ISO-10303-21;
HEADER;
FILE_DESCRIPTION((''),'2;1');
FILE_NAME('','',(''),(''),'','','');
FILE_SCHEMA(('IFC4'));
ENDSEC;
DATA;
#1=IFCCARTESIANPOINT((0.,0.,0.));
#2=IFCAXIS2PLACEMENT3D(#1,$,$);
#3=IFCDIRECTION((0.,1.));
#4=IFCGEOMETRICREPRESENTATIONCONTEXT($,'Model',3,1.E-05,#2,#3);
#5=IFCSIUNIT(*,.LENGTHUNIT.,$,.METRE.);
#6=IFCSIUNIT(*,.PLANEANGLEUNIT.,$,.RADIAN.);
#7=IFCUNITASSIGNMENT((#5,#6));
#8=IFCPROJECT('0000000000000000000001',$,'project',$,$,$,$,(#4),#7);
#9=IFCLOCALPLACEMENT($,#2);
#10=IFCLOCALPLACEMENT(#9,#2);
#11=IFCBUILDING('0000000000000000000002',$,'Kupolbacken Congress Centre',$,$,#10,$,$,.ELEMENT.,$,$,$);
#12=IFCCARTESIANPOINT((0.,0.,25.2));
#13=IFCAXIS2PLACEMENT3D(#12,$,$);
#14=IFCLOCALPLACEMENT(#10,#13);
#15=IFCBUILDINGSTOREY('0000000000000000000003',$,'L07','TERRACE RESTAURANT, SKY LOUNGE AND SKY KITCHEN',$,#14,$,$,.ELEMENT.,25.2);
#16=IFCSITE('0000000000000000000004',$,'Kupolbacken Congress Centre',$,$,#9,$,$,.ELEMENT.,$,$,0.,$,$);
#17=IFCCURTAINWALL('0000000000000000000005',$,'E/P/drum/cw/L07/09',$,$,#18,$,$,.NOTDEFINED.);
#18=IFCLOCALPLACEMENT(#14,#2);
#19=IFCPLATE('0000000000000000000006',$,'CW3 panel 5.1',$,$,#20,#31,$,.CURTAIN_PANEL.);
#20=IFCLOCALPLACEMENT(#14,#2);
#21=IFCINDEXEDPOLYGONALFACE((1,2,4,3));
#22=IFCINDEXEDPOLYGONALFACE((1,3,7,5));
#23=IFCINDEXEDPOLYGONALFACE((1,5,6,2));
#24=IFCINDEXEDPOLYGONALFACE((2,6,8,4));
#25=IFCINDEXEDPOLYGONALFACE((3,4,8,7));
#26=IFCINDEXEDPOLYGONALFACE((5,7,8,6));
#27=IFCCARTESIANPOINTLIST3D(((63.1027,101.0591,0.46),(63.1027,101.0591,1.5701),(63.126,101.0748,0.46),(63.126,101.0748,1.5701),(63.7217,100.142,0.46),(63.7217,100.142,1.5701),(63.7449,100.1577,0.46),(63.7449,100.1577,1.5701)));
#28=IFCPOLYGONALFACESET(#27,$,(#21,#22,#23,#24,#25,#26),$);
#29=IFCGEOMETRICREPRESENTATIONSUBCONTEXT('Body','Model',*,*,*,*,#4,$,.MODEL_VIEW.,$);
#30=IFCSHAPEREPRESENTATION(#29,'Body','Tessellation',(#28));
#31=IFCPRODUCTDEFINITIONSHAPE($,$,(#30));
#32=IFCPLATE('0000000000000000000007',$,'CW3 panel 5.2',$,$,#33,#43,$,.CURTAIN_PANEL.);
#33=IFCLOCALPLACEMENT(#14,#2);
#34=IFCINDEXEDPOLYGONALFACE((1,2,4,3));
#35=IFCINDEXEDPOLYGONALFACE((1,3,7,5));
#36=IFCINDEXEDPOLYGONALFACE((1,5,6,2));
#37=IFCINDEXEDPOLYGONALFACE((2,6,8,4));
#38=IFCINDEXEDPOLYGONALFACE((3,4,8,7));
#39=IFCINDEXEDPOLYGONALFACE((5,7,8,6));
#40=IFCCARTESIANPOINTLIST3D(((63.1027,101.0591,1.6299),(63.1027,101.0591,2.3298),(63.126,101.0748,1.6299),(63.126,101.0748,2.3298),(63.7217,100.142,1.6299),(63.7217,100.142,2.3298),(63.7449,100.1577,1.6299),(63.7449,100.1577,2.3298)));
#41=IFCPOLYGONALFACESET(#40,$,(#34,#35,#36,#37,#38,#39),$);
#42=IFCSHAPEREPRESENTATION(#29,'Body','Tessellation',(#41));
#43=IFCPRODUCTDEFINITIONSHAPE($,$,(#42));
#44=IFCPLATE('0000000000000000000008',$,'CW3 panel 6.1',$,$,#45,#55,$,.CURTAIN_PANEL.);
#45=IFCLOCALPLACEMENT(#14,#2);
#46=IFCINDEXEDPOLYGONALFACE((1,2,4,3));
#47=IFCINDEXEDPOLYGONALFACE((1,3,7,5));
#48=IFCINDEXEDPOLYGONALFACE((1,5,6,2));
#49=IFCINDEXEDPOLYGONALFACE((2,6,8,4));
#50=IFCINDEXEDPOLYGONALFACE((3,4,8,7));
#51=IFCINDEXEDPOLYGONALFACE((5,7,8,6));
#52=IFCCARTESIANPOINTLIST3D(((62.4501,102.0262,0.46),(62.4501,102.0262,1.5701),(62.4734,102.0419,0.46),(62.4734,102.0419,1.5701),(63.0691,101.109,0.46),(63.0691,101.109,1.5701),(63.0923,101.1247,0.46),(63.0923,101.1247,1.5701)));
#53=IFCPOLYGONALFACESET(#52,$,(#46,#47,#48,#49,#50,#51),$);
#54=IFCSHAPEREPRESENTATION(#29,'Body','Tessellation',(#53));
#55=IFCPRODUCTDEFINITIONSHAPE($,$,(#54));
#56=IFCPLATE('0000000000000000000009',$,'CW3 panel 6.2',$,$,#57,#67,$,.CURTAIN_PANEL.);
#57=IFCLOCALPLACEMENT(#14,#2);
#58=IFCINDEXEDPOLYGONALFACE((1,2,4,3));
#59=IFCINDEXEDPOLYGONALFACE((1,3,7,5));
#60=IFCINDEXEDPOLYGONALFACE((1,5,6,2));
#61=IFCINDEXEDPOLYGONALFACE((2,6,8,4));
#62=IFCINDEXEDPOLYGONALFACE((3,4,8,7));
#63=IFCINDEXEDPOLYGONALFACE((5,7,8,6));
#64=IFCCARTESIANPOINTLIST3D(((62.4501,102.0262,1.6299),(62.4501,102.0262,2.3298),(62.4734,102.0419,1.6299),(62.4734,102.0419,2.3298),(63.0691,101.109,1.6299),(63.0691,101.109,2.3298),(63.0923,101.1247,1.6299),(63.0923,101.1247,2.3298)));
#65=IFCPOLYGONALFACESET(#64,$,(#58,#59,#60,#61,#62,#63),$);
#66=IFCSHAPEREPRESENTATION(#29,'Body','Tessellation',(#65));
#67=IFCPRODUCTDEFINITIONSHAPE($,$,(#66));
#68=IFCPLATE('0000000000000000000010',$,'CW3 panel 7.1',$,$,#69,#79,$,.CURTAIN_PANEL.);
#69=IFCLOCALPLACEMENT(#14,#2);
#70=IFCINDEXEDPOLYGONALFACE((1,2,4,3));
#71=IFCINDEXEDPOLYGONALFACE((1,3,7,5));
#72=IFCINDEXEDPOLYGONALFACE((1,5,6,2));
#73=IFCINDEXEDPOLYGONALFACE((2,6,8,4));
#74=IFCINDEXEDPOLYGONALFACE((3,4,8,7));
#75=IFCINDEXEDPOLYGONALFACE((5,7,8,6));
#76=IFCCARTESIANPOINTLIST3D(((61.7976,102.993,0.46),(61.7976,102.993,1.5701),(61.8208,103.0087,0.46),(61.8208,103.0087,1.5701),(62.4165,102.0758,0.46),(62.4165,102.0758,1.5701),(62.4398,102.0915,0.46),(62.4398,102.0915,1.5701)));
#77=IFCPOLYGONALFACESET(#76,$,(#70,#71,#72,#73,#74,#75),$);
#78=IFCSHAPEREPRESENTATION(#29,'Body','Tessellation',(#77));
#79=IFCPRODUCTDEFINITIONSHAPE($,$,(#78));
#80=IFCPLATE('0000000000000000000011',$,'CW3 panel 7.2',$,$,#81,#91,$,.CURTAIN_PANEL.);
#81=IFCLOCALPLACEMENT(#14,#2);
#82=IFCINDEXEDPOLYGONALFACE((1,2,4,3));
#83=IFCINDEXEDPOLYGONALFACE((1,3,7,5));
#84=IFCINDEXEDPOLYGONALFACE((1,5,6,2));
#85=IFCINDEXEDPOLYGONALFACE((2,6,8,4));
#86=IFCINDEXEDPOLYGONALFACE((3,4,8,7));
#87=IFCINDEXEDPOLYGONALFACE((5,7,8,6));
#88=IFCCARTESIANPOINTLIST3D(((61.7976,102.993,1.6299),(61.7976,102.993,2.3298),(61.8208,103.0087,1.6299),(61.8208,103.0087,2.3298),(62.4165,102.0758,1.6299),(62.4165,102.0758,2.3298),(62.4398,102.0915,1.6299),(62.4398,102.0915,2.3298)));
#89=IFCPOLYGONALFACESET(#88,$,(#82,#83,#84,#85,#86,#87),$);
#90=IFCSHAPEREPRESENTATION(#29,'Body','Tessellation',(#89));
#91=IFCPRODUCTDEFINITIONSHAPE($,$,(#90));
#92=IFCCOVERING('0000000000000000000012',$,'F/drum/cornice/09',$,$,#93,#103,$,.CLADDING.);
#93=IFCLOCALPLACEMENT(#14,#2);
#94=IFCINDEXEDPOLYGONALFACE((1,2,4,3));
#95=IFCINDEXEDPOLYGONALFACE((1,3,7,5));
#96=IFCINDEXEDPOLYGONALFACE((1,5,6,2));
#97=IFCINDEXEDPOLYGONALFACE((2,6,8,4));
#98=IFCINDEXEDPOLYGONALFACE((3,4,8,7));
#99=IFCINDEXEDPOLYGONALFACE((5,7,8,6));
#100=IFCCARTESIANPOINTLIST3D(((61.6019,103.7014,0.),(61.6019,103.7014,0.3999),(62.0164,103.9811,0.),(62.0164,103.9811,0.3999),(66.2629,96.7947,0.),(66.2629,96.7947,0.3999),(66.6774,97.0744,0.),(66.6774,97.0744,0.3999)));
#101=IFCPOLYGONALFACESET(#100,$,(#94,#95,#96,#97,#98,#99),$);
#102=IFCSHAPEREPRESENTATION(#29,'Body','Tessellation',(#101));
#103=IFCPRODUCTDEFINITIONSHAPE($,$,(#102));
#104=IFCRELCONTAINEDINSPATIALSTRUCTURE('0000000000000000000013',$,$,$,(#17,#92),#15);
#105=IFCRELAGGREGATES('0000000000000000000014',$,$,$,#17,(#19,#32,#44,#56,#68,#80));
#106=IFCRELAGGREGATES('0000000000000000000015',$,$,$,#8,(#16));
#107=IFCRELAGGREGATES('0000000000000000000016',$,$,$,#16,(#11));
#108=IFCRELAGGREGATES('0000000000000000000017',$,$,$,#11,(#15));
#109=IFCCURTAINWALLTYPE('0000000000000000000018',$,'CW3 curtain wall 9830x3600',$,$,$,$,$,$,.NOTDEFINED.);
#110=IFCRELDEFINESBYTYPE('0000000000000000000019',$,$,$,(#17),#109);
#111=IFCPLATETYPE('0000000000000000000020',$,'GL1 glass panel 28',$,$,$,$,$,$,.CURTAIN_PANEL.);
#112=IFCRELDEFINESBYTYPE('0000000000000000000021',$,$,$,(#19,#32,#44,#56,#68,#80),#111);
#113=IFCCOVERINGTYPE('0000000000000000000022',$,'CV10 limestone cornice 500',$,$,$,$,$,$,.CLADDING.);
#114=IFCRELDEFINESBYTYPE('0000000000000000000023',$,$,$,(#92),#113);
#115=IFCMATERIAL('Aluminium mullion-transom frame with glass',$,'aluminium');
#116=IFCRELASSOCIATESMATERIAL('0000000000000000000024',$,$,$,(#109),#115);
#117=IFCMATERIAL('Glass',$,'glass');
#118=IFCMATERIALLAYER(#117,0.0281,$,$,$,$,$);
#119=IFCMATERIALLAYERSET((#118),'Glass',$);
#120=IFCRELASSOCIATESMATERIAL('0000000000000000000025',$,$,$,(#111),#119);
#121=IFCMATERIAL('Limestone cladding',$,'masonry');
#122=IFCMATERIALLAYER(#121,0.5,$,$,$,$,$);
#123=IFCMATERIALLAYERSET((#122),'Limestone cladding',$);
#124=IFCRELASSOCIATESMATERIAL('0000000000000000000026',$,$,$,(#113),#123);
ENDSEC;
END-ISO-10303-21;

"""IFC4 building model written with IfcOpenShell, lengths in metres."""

from ifc_helpers import new_model, si_unit, direction, frame, origin, origin_2d, place, context, subcontext, project, spatial, rectangle, extrude, material, layer, layer_set, type_object, element, aggregate, save


model = new_model("IFC4")

# Units and contexts
model_context = context("Model", 3, precision=1e-05, world=origin(), true_north=direction((0.0, 1.0)))
body_context = subcontext(model_context, "Body", "Model", "MODEL_VIEW")
ifc_project = project(units=[si_unit("LENGTHUNIT", "METRE"), si_unit("PLANEANGLEUNIT", "RADIAN")], contexts=[model_context])

# Site, building, storey
site_placement = place(None, origin())
site = spatial("IfcSite", under=ifc_project, at=site_placement, Name="Kupolbacken Congress Centre", CompositionType="ELEMENT", RefElevation=0.0)
building_placement = place(site_placement, origin())
building = spatial("IfcBuilding", under=site, at=building_placement, Name="Kupolbacken Congress Centre", CompositionType="ELEMENT")
storey_placement = place(building_placement, frame((0.0, 0.0, 25.2)))
storey = spatial("IfcBuildingStorey", under=building, at=storey_placement, Name="L07", Description="TERRACE RESTAURANT, SKY LOUNGE AND SKY KITCHEN", CompositionType="ELEMENT", Elevation=25.2)

# Curtain wall, plates
ifc_material_1 = material(Name="Aluminium mullion-transom frame with glass", Category="aluminium")
curtain_wall_type = type_object("IfcCurtainWallType", Name="CW3 curtain wall 9830x3600", PredefinedType="NOTDEFINED", material=ifc_material_1)
curtain_wall_placement = place(storey_placement, origin())
curtain_wall = element("IfcCurtainWall", 1, at=curtain_wall_placement, inside=storey, type_object=curtain_wall_type, Name="E/P/drum/cw/L07/09", PredefinedType="NOTDEFINED")
ifc_material_2 = material(Name="Glass", Category="glass")
ifc_layer_1 = layer(ifc_material_2, 0.0281)
ifc_layer_set_1 = layer_set([ifc_layer_1], Name="Glass")
plate_type = type_object("IfcPlateType", Name="GL1 glass panel 28", PredefinedType="CURTAIN_PANEL", material=ifc_layer_set_1)
plate_1_placement = place(storey_placement, frame((63.4238, 100.6084, 0.46), z_axis=(0.0, 0.0, 1.0), x_axis=(-0.559386, 0.828908, 0.0)))
plate_1 = element("IfcPlate", 2, at=plate_1_placement, type_object=plate_type, Name="CW3 panel 5.1", PredefinedType="CURTAIN_PANEL", context=body_context, shape_type="SweptSolid", body=[
    extrude(rectangle(XDim=1.1064, YDim=0.0281, at=origin_2d()), origin(), (0.0, 0.0, 1.0), 1.1101),
])
plate_2_placement = place(storey_placement, frame((63.4238, 100.6084, 1.6299), z_axis=(0.0, 0.0, 1.0), x_axis=(-0.559386, 0.828908, 0.0)))
plate_2 = element("IfcPlate", 3, at=plate_2_placement, type_object=plate_type, Name="CW3 panel 5.2", PredefinedType="CURTAIN_PANEL", context=body_context, shape_type="SweptSolid", body=[
    extrude(rectangle(XDim=1.1064, YDim=0.0281, at=origin_2d()), origin(), (0.0, 0.0, 1.0), 0.7),
])
plate_3_placement = place(storey_placement, frame((62.7712, 101.5754, 0.46), z_axis=(0.0, 0.0, 1.0), x_axis=(-0.559386, 0.828908, 0.0)))
plate_3 = element("IfcPlate", 4, at=plate_3_placement, type_object=plate_type, Name="CW3 panel 6.1", PredefinedType="CURTAIN_PANEL", context=body_context, shape_type="SweptSolid", body=[
    extrude(rectangle(XDim=1.1064, YDim=0.0281, at=origin_2d()), origin(), (0.0, 0.0, 1.0), 1.1101),
])
plate_4_placement = place(storey_placement, frame((62.7712, 101.5754, 1.6299), z_axis=(0.0, 0.0, 1.0), x_axis=(-0.559386, 0.828908, 0.0)))
plate_4 = element("IfcPlate", 5, at=plate_4_placement, type_object=plate_type, Name="CW3 panel 6.2", PredefinedType="CURTAIN_PANEL", context=body_context, shape_type="SweptSolid", body=[
    extrude(rectangle(XDim=1.1064, YDim=0.0281, at=origin_2d()), origin(), (0.0, 0.0, 1.0), 0.7),
])
plate_5_placement = place(storey_placement, frame((62.1187, 102.5422, 0.46), z_axis=(0.0, 0.0, 1.0), x_axis=(-0.559386, 0.828908, 0.0)))
plate_5 = element("IfcPlate", 6, at=plate_5_placement, type_object=plate_type, Name="CW3 panel 7.1", PredefinedType="CURTAIN_PANEL", context=body_context, shape_type="SweptSolid", body=[
    extrude(rectangle(XDim=1.1064, YDim=0.0281, at=origin_2d()), origin(), (0.0, 0.0, 1.0), 1.1101),
])
plate_6_placement = place(storey_placement, frame((62.1187, 102.5422, 1.6299), z_axis=(0.0, 0.0, 1.0), x_axis=(-0.559386, 0.828908, 0.0)))
plate_6 = element("IfcPlate", 7, at=plate_6_placement, type_object=plate_type, Name="CW3 panel 7.2", PredefinedType="CURTAIN_PANEL", context=body_context, shape_type="SweptSolid", body=[
    extrude(rectangle(XDim=1.1064, YDim=0.0281, at=origin_2d()), origin(), (0.0, 0.0, 1.0), 0.7),
])
aggregate(curtain_wall, [plate_1, plate_2, plate_3, plate_4, plate_5, plate_6])

# Covering
ifc_material_3 = material(Name="Limestone cladding", Category="masonry")
ifc_layer_2 = layer(ifc_material_3, 0.5)
ifc_layer_set_2 = layer_set([ifc_layer_2], Name="Limestone cladding")
covering_type = type_object("IfcCoveringType", Name="CV10 limestone cornice 500", PredefinedType="CLADDING", material=ifc_layer_set_2)
covering_placement = place(storey_placement, frame((64.1396, 100.3879, 0.0), z_axis=(0.0, 0.0, 1.0), x_axis=(-0.559386, 0.828908, 0.0)))
element("IfcCovering", 8, at=covering_placement, inside=storey, type_object=covering_type, Name="F/drum/cornice/09", PredefinedType="CLADDING", context=body_context, shape_type="SweptSolid", body=[
    extrude(rectangle(XDim=8.3323, YDim=0.5, at=origin_2d()), origin(), (0.0, 0.0, 1.0), 0.3999),
])

save(model, "model.ifc")
